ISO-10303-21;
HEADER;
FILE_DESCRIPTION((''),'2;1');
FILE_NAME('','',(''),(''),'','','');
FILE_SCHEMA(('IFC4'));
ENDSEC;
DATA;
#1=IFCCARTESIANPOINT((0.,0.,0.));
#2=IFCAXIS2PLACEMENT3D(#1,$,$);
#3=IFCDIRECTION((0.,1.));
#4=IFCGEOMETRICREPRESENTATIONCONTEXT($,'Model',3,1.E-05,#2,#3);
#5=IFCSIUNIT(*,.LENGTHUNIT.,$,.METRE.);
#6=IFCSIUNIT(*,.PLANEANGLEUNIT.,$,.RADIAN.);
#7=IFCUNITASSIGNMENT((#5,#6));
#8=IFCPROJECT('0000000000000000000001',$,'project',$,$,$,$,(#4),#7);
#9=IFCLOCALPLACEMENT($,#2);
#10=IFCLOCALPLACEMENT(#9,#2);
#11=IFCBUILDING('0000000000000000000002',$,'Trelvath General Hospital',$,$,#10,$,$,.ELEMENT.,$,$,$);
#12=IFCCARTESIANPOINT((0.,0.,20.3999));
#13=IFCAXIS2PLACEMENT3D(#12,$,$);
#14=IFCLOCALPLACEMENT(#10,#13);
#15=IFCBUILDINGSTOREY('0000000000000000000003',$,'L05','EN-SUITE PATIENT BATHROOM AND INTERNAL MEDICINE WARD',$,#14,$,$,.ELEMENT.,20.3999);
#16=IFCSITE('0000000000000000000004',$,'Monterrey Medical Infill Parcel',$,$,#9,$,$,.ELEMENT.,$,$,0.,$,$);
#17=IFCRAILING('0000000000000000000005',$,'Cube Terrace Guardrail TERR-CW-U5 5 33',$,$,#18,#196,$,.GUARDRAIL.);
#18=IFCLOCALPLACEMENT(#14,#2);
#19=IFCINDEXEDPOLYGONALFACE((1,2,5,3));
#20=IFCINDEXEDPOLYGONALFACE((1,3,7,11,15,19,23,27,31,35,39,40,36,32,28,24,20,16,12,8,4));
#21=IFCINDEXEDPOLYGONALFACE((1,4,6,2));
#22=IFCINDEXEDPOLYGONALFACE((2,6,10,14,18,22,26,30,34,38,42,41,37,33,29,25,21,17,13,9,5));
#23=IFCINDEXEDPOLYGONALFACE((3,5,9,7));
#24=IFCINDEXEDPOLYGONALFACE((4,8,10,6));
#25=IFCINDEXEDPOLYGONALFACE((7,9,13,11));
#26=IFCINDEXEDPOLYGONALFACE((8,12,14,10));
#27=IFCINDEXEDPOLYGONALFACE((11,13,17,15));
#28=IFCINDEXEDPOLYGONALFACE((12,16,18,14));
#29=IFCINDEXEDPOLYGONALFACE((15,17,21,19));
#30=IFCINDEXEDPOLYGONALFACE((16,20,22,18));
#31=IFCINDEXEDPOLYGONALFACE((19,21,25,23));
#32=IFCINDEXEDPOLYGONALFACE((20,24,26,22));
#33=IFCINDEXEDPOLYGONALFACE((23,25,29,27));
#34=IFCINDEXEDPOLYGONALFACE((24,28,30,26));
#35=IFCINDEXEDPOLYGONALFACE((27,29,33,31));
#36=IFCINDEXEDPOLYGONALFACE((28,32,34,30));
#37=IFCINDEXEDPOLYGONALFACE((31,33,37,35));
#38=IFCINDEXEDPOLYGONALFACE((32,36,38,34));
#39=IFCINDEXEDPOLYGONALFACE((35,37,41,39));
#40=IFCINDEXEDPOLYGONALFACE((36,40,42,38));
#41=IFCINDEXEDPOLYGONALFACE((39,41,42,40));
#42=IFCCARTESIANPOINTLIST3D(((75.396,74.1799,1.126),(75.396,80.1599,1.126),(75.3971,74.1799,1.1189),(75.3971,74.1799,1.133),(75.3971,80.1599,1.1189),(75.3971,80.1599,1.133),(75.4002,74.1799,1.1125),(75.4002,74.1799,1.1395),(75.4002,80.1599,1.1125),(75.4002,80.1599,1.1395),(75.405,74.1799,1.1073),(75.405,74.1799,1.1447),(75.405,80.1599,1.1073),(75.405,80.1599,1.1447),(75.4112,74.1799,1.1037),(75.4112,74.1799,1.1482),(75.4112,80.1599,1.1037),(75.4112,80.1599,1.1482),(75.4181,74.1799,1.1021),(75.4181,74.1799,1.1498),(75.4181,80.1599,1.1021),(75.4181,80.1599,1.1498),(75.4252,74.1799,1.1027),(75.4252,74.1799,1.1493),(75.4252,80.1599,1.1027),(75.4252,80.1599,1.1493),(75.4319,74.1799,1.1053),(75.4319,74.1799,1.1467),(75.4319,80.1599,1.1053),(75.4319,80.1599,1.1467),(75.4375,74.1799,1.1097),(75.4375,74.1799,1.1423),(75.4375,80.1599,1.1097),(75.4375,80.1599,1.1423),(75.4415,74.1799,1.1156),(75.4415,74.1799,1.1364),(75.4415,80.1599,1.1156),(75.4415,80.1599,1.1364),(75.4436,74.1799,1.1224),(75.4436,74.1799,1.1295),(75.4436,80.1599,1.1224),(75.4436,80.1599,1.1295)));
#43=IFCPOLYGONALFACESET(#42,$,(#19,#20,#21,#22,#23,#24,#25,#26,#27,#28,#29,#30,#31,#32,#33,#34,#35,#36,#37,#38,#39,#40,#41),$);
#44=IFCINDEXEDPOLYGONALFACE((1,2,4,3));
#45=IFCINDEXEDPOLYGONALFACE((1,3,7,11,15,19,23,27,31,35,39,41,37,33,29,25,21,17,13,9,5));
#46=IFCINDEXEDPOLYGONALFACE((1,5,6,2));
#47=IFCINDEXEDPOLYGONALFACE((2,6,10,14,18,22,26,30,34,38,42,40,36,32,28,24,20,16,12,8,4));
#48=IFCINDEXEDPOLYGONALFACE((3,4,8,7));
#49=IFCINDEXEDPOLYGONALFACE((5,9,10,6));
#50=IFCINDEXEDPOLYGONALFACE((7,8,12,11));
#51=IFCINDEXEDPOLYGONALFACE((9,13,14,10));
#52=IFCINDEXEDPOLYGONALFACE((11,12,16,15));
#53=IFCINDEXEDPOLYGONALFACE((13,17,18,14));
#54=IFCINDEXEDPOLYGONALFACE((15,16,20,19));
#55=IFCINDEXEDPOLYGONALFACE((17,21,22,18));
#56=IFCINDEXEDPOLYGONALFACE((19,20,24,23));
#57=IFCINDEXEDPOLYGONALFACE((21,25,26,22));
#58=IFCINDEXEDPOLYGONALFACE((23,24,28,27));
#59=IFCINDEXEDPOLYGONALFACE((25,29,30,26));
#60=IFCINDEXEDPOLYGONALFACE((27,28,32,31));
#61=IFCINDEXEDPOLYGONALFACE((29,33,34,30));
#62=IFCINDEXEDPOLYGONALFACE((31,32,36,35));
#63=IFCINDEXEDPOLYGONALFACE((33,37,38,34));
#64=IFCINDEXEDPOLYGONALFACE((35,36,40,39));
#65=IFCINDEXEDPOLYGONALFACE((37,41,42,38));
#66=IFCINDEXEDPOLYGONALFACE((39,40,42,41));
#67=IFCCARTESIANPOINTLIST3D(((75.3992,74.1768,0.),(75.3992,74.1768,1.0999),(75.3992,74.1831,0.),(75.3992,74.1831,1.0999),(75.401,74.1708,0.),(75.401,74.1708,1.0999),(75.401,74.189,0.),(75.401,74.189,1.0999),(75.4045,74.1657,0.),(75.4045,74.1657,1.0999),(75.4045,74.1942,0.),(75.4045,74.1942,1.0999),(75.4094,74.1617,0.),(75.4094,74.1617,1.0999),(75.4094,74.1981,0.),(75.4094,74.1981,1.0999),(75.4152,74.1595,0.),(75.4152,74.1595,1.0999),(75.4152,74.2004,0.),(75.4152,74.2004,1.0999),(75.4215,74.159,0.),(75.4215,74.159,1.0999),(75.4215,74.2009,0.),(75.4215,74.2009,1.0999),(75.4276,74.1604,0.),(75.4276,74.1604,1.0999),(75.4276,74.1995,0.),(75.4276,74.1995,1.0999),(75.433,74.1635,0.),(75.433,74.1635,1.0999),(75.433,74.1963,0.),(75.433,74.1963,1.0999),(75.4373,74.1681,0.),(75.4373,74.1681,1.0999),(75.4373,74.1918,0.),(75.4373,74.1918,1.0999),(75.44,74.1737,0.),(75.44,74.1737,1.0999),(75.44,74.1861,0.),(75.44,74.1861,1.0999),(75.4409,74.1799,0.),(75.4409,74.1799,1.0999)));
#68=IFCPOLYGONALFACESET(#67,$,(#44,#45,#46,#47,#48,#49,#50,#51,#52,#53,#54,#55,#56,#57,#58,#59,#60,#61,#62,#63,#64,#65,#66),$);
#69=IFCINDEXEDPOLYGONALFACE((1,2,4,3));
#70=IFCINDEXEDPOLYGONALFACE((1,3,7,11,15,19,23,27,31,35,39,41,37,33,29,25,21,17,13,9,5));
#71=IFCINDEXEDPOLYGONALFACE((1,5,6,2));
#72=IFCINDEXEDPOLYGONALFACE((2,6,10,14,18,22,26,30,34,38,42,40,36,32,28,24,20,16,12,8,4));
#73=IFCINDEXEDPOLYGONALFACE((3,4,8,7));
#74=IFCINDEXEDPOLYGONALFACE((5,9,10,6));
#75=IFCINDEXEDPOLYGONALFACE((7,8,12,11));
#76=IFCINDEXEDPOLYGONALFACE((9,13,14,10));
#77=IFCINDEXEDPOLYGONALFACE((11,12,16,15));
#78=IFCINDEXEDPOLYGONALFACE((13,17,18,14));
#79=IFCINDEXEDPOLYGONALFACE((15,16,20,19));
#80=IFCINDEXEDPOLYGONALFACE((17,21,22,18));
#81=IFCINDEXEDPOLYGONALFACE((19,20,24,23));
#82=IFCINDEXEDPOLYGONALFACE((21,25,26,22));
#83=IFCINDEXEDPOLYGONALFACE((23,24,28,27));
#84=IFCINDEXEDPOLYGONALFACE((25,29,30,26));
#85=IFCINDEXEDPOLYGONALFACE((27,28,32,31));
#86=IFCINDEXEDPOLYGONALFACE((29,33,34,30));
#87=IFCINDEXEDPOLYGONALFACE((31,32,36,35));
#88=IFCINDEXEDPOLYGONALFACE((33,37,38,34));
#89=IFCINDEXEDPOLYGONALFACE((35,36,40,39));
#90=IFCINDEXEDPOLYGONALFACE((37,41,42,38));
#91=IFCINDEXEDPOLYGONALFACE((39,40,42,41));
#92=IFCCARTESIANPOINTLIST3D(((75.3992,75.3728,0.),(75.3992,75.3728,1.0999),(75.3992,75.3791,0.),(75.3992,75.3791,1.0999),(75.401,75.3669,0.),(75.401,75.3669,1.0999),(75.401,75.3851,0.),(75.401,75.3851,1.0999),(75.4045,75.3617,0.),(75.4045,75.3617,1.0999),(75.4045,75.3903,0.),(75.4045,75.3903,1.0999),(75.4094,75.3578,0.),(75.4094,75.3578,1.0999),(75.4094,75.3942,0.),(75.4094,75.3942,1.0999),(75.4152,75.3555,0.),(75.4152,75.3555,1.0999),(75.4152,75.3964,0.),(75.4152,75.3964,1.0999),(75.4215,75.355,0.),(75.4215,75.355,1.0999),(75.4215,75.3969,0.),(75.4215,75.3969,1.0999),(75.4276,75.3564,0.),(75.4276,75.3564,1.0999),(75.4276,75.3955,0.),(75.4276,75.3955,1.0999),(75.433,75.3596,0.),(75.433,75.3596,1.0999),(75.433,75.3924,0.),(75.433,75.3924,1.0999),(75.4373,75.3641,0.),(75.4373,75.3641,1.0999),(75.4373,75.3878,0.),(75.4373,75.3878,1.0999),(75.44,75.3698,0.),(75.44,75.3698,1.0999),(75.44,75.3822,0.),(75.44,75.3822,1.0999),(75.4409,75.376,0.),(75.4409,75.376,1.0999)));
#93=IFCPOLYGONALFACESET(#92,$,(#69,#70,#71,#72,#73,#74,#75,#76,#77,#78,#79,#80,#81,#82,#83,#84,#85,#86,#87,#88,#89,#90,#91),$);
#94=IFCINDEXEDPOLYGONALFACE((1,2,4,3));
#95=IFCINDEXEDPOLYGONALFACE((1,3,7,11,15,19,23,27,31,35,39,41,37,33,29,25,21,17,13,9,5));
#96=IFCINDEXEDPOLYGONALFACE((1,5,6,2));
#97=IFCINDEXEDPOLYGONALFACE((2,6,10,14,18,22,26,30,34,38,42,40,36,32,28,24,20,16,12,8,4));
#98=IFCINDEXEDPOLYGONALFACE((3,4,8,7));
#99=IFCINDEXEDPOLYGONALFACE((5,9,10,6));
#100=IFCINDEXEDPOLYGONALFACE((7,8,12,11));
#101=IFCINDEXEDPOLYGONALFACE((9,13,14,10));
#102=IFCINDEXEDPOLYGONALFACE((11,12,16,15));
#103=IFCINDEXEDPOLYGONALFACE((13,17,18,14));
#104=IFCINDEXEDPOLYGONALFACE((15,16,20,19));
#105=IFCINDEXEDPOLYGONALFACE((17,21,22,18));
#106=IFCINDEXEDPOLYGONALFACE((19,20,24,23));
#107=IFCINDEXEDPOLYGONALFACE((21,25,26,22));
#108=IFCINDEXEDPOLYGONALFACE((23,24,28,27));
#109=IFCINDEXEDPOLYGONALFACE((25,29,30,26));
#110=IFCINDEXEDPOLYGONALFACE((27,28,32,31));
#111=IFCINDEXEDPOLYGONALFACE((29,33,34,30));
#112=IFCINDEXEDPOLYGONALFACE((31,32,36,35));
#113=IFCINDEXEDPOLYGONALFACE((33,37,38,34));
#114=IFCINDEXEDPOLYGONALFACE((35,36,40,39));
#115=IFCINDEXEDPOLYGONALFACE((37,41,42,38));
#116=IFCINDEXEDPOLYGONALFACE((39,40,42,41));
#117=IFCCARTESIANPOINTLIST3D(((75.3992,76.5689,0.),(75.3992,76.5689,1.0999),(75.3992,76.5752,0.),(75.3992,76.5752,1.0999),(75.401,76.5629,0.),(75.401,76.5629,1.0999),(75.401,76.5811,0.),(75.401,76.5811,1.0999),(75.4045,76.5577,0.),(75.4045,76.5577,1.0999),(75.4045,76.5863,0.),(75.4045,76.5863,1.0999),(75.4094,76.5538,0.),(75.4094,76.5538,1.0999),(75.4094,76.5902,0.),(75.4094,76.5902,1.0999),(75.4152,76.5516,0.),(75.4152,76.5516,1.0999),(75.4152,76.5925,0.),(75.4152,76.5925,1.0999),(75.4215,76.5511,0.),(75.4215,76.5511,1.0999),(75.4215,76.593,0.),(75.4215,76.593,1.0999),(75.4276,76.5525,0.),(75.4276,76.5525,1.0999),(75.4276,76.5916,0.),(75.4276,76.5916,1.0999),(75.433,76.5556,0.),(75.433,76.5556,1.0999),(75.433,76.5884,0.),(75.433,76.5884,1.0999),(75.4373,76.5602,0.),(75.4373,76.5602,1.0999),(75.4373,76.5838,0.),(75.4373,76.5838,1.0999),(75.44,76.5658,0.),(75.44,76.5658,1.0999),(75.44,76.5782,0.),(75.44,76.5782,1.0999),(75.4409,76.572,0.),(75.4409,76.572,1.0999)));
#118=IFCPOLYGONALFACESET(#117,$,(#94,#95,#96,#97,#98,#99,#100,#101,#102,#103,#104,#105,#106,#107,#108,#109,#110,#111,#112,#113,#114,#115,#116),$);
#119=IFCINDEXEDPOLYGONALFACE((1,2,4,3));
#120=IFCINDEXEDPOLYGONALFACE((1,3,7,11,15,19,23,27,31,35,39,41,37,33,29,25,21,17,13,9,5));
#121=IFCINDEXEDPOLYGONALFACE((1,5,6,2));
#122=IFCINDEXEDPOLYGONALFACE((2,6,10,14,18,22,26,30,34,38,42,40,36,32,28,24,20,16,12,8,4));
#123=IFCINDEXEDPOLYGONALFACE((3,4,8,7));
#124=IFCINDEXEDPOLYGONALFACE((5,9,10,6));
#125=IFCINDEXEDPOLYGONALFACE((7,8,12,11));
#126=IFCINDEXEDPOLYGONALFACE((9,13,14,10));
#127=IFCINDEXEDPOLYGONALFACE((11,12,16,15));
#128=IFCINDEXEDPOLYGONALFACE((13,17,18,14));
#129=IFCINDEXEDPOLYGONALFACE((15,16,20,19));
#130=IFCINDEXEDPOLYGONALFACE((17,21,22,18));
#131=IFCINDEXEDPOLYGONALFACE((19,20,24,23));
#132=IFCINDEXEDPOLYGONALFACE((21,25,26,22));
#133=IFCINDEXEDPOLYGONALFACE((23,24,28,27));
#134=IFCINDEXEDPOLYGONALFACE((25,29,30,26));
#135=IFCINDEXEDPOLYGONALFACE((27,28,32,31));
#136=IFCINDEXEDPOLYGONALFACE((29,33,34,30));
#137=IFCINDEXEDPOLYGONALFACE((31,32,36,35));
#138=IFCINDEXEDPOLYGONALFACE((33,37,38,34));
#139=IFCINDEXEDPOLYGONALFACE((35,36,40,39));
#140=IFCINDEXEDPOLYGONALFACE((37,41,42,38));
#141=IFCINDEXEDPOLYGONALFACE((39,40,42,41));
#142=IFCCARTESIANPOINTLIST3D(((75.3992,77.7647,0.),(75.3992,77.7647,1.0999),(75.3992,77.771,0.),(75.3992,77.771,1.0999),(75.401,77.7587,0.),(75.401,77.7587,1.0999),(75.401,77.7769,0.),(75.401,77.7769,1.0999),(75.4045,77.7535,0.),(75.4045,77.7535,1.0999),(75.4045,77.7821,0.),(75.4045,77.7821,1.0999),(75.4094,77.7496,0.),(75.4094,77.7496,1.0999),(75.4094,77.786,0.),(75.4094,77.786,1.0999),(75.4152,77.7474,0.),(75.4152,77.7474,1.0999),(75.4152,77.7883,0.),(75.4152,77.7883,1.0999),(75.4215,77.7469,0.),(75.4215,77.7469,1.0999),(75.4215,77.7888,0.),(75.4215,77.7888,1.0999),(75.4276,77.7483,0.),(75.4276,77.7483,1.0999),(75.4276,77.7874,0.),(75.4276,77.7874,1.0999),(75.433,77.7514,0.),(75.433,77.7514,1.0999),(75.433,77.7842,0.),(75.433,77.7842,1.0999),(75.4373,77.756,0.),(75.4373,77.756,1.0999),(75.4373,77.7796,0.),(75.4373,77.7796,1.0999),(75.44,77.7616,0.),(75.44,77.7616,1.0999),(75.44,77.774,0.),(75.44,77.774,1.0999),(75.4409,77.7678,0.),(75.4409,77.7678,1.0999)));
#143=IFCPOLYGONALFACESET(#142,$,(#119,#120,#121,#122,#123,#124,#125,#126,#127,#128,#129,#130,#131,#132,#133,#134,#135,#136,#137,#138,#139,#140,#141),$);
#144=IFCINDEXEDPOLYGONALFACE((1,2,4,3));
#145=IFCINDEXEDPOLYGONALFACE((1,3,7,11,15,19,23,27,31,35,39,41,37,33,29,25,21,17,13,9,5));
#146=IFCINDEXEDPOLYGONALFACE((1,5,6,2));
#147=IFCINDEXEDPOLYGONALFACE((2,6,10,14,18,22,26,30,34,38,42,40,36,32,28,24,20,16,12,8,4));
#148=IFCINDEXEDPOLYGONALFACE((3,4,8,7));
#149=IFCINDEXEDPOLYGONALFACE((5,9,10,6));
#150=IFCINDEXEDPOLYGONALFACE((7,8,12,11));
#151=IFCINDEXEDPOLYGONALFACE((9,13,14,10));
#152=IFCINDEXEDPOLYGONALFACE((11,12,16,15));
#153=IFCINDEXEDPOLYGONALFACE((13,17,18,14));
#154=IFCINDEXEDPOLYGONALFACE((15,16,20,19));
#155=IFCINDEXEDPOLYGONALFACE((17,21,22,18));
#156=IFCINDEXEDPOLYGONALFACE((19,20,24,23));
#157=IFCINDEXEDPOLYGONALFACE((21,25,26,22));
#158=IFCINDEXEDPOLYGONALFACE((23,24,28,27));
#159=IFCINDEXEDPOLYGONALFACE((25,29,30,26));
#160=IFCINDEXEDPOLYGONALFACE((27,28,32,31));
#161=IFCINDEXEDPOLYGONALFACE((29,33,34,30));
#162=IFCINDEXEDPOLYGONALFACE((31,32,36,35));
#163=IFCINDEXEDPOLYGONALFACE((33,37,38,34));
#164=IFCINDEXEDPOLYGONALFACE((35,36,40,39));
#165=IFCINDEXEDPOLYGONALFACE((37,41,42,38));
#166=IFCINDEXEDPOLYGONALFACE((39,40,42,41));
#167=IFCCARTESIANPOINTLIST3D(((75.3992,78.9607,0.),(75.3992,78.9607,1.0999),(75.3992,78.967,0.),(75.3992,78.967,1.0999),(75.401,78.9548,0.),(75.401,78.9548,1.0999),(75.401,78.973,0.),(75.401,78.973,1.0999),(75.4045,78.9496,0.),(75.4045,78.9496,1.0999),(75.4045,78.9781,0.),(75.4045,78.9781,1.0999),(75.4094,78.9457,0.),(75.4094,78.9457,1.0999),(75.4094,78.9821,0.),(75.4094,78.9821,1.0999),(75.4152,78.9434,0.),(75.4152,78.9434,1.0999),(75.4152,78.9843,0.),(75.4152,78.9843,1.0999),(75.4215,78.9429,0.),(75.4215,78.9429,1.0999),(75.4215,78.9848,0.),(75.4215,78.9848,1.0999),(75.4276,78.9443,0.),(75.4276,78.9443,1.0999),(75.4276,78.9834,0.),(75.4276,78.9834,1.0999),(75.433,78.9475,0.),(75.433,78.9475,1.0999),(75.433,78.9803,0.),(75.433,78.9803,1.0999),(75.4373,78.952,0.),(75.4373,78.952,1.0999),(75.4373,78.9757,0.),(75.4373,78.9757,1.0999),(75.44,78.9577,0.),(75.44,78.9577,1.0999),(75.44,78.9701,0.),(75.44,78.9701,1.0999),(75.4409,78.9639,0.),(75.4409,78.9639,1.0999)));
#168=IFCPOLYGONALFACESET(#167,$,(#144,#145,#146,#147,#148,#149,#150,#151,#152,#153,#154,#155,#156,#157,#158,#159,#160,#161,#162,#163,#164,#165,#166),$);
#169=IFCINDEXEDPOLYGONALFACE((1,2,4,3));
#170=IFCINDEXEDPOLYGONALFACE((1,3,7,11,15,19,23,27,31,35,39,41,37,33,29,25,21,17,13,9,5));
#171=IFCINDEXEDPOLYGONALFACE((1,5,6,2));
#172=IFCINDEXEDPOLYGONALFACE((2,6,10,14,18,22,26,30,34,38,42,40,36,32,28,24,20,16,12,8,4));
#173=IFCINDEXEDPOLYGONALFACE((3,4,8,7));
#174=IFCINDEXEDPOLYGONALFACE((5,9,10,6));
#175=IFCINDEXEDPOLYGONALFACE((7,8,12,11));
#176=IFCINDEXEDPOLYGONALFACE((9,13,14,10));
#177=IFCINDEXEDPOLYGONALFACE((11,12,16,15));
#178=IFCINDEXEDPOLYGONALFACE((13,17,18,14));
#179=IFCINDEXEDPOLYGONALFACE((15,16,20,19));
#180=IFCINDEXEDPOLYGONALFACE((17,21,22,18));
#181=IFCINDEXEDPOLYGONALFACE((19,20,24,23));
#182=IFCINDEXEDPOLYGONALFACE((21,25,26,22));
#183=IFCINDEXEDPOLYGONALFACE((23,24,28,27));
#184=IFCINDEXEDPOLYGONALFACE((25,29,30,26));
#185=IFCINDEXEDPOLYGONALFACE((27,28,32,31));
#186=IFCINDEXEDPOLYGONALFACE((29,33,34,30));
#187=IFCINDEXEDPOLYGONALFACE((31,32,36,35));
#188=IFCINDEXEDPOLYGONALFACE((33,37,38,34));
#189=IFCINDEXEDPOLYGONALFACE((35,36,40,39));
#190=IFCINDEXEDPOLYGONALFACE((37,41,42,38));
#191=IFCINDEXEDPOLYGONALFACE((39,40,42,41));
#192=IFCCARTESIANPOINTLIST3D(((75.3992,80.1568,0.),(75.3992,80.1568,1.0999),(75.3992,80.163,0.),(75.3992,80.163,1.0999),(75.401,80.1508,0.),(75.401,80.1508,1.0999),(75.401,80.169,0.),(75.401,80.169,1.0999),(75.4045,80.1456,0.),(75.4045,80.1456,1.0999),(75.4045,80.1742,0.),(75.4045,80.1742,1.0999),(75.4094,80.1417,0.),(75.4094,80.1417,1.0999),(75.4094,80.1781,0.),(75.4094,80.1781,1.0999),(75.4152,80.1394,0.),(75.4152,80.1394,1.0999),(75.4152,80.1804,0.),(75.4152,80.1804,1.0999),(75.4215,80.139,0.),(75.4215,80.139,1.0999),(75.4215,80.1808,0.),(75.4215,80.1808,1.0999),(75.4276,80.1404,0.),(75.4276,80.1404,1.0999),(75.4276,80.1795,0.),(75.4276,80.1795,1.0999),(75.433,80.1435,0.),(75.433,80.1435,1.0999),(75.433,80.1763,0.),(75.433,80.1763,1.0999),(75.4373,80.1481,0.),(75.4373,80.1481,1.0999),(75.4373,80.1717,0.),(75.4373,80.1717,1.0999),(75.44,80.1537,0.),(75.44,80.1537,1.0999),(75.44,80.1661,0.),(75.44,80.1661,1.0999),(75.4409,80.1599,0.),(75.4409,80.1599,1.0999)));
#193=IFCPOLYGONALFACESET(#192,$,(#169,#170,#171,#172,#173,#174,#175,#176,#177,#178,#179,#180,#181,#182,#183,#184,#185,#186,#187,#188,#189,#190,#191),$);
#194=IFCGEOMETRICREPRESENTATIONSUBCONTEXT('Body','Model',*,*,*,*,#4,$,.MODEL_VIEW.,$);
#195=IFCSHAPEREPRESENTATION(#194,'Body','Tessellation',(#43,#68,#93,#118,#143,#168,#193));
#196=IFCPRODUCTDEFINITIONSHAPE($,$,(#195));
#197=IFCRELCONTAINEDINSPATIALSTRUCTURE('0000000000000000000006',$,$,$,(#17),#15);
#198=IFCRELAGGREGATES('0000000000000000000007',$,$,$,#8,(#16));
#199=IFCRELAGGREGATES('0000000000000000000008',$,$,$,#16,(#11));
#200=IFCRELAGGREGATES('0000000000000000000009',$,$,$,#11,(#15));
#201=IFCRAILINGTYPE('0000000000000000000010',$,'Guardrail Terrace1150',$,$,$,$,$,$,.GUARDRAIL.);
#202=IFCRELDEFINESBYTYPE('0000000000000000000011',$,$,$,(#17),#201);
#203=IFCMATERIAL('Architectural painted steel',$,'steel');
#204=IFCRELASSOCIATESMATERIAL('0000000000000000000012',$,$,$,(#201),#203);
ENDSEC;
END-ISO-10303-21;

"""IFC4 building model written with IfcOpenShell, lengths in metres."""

from ifc_helpers import new_model, si_unit, direction, frame, origin, origin_2d, place, context, subcontext, project, spatial, circle, extrude, material, type_object, element, save


model = new_model("IFC4")

# Units and contexts
model_context = context("Model", 3, precision=1e-05, world=origin(), true_north=direction((0.0, 1.0)))
body_context = subcontext(model_context, "Body", "Model", "MODEL_VIEW")
ifc_project = project(units=[si_unit("LENGTHUNIT", "METRE"), si_unit("PLANEANGLEUNIT", "RADIAN")], contexts=[model_context])

# Site, building, storey
site_placement = place(None, origin())
site = spatial("IfcSite", under=ifc_project, at=site_placement, Name="Monterrey Medical Infill Parcel", CompositionType="ELEMENT", RefElevation=0.0)
building_placement = place(site_placement, origin())
building = spatial("IfcBuilding", under=site, at=building_placement, Name="Trelvath General Hospital", CompositionType="ELEMENT")
storey_placement = place(building_placement, frame((0.0, 0.0, 20.3999)))
storey = spatial("IfcBuildingStorey", under=building, at=storey_placement, Name="L05", Description="EN-SUITE PATIENT BATHROOM AND INTERNAL MEDICINE WARD", CompositionType="ELEMENT", Elevation=20.3999)

# Railing
ifc_material_1 = material(Name="Architectural painted steel", Category="steel")
railing_type = type_object("IfcRailingType", Name="Guardrail Terrace1150", PredefinedType="GUARDRAIL", material=ifc_material_1)
railing_placement = place(storey_placement, frame((75.4199, 74.1799, 0.0)))
element("IfcRailing", 1, at=railing_placement, inside=storey, type_object=railing_type, Name="Cube Terrace Guardrail TERR-CW-U5 5 33", PredefinedType="GUARDRAIL", context=body_context, shape_type="SweptSolid", body=[
    extrude(circle(Radius=0.0239, at=origin_2d()), frame((0.0, 0.0, 1.126), z_axis=(0.0, 1.0, 0.0), x_axis=(-1.0, 0.0, 0.0)), (0.0, 0.0, 1.0), 5.98),
    extrude(circle(Radius=0.021, at=origin_2d()), origin(), (0.0, 0.0, 1.0), 1.0999),
    extrude(circle(Radius=0.021, at=origin_2d()), frame((0.0, 1.196, 0.0)), (0.0, 0.0, 1.0), 1.0999),
    extrude(circle(Radius=0.021, at=origin_2d()), frame((0.0, 2.3921, 0.0)), (0.0, 0.0, 1.0), 1.0999),
    extrude(circle(Radius=0.021, at=origin_2d()), frame((0.0, 3.5879, 0.0)), (0.0, 0.0, 1.0), 1.0999),
    extrude(circle(Radius=0.021, at=origin_2d()), frame((0.0, 4.7839, 0.0)), (0.0, 0.0, 1.0), 1.0999),
    extrude(circle(Radius=0.021, at=origin_2d()), frame((0.0, 5.98, 0.0)), (0.0, 0.0, 1.0), 1.0999),
])

save(model, "model.ifc")
